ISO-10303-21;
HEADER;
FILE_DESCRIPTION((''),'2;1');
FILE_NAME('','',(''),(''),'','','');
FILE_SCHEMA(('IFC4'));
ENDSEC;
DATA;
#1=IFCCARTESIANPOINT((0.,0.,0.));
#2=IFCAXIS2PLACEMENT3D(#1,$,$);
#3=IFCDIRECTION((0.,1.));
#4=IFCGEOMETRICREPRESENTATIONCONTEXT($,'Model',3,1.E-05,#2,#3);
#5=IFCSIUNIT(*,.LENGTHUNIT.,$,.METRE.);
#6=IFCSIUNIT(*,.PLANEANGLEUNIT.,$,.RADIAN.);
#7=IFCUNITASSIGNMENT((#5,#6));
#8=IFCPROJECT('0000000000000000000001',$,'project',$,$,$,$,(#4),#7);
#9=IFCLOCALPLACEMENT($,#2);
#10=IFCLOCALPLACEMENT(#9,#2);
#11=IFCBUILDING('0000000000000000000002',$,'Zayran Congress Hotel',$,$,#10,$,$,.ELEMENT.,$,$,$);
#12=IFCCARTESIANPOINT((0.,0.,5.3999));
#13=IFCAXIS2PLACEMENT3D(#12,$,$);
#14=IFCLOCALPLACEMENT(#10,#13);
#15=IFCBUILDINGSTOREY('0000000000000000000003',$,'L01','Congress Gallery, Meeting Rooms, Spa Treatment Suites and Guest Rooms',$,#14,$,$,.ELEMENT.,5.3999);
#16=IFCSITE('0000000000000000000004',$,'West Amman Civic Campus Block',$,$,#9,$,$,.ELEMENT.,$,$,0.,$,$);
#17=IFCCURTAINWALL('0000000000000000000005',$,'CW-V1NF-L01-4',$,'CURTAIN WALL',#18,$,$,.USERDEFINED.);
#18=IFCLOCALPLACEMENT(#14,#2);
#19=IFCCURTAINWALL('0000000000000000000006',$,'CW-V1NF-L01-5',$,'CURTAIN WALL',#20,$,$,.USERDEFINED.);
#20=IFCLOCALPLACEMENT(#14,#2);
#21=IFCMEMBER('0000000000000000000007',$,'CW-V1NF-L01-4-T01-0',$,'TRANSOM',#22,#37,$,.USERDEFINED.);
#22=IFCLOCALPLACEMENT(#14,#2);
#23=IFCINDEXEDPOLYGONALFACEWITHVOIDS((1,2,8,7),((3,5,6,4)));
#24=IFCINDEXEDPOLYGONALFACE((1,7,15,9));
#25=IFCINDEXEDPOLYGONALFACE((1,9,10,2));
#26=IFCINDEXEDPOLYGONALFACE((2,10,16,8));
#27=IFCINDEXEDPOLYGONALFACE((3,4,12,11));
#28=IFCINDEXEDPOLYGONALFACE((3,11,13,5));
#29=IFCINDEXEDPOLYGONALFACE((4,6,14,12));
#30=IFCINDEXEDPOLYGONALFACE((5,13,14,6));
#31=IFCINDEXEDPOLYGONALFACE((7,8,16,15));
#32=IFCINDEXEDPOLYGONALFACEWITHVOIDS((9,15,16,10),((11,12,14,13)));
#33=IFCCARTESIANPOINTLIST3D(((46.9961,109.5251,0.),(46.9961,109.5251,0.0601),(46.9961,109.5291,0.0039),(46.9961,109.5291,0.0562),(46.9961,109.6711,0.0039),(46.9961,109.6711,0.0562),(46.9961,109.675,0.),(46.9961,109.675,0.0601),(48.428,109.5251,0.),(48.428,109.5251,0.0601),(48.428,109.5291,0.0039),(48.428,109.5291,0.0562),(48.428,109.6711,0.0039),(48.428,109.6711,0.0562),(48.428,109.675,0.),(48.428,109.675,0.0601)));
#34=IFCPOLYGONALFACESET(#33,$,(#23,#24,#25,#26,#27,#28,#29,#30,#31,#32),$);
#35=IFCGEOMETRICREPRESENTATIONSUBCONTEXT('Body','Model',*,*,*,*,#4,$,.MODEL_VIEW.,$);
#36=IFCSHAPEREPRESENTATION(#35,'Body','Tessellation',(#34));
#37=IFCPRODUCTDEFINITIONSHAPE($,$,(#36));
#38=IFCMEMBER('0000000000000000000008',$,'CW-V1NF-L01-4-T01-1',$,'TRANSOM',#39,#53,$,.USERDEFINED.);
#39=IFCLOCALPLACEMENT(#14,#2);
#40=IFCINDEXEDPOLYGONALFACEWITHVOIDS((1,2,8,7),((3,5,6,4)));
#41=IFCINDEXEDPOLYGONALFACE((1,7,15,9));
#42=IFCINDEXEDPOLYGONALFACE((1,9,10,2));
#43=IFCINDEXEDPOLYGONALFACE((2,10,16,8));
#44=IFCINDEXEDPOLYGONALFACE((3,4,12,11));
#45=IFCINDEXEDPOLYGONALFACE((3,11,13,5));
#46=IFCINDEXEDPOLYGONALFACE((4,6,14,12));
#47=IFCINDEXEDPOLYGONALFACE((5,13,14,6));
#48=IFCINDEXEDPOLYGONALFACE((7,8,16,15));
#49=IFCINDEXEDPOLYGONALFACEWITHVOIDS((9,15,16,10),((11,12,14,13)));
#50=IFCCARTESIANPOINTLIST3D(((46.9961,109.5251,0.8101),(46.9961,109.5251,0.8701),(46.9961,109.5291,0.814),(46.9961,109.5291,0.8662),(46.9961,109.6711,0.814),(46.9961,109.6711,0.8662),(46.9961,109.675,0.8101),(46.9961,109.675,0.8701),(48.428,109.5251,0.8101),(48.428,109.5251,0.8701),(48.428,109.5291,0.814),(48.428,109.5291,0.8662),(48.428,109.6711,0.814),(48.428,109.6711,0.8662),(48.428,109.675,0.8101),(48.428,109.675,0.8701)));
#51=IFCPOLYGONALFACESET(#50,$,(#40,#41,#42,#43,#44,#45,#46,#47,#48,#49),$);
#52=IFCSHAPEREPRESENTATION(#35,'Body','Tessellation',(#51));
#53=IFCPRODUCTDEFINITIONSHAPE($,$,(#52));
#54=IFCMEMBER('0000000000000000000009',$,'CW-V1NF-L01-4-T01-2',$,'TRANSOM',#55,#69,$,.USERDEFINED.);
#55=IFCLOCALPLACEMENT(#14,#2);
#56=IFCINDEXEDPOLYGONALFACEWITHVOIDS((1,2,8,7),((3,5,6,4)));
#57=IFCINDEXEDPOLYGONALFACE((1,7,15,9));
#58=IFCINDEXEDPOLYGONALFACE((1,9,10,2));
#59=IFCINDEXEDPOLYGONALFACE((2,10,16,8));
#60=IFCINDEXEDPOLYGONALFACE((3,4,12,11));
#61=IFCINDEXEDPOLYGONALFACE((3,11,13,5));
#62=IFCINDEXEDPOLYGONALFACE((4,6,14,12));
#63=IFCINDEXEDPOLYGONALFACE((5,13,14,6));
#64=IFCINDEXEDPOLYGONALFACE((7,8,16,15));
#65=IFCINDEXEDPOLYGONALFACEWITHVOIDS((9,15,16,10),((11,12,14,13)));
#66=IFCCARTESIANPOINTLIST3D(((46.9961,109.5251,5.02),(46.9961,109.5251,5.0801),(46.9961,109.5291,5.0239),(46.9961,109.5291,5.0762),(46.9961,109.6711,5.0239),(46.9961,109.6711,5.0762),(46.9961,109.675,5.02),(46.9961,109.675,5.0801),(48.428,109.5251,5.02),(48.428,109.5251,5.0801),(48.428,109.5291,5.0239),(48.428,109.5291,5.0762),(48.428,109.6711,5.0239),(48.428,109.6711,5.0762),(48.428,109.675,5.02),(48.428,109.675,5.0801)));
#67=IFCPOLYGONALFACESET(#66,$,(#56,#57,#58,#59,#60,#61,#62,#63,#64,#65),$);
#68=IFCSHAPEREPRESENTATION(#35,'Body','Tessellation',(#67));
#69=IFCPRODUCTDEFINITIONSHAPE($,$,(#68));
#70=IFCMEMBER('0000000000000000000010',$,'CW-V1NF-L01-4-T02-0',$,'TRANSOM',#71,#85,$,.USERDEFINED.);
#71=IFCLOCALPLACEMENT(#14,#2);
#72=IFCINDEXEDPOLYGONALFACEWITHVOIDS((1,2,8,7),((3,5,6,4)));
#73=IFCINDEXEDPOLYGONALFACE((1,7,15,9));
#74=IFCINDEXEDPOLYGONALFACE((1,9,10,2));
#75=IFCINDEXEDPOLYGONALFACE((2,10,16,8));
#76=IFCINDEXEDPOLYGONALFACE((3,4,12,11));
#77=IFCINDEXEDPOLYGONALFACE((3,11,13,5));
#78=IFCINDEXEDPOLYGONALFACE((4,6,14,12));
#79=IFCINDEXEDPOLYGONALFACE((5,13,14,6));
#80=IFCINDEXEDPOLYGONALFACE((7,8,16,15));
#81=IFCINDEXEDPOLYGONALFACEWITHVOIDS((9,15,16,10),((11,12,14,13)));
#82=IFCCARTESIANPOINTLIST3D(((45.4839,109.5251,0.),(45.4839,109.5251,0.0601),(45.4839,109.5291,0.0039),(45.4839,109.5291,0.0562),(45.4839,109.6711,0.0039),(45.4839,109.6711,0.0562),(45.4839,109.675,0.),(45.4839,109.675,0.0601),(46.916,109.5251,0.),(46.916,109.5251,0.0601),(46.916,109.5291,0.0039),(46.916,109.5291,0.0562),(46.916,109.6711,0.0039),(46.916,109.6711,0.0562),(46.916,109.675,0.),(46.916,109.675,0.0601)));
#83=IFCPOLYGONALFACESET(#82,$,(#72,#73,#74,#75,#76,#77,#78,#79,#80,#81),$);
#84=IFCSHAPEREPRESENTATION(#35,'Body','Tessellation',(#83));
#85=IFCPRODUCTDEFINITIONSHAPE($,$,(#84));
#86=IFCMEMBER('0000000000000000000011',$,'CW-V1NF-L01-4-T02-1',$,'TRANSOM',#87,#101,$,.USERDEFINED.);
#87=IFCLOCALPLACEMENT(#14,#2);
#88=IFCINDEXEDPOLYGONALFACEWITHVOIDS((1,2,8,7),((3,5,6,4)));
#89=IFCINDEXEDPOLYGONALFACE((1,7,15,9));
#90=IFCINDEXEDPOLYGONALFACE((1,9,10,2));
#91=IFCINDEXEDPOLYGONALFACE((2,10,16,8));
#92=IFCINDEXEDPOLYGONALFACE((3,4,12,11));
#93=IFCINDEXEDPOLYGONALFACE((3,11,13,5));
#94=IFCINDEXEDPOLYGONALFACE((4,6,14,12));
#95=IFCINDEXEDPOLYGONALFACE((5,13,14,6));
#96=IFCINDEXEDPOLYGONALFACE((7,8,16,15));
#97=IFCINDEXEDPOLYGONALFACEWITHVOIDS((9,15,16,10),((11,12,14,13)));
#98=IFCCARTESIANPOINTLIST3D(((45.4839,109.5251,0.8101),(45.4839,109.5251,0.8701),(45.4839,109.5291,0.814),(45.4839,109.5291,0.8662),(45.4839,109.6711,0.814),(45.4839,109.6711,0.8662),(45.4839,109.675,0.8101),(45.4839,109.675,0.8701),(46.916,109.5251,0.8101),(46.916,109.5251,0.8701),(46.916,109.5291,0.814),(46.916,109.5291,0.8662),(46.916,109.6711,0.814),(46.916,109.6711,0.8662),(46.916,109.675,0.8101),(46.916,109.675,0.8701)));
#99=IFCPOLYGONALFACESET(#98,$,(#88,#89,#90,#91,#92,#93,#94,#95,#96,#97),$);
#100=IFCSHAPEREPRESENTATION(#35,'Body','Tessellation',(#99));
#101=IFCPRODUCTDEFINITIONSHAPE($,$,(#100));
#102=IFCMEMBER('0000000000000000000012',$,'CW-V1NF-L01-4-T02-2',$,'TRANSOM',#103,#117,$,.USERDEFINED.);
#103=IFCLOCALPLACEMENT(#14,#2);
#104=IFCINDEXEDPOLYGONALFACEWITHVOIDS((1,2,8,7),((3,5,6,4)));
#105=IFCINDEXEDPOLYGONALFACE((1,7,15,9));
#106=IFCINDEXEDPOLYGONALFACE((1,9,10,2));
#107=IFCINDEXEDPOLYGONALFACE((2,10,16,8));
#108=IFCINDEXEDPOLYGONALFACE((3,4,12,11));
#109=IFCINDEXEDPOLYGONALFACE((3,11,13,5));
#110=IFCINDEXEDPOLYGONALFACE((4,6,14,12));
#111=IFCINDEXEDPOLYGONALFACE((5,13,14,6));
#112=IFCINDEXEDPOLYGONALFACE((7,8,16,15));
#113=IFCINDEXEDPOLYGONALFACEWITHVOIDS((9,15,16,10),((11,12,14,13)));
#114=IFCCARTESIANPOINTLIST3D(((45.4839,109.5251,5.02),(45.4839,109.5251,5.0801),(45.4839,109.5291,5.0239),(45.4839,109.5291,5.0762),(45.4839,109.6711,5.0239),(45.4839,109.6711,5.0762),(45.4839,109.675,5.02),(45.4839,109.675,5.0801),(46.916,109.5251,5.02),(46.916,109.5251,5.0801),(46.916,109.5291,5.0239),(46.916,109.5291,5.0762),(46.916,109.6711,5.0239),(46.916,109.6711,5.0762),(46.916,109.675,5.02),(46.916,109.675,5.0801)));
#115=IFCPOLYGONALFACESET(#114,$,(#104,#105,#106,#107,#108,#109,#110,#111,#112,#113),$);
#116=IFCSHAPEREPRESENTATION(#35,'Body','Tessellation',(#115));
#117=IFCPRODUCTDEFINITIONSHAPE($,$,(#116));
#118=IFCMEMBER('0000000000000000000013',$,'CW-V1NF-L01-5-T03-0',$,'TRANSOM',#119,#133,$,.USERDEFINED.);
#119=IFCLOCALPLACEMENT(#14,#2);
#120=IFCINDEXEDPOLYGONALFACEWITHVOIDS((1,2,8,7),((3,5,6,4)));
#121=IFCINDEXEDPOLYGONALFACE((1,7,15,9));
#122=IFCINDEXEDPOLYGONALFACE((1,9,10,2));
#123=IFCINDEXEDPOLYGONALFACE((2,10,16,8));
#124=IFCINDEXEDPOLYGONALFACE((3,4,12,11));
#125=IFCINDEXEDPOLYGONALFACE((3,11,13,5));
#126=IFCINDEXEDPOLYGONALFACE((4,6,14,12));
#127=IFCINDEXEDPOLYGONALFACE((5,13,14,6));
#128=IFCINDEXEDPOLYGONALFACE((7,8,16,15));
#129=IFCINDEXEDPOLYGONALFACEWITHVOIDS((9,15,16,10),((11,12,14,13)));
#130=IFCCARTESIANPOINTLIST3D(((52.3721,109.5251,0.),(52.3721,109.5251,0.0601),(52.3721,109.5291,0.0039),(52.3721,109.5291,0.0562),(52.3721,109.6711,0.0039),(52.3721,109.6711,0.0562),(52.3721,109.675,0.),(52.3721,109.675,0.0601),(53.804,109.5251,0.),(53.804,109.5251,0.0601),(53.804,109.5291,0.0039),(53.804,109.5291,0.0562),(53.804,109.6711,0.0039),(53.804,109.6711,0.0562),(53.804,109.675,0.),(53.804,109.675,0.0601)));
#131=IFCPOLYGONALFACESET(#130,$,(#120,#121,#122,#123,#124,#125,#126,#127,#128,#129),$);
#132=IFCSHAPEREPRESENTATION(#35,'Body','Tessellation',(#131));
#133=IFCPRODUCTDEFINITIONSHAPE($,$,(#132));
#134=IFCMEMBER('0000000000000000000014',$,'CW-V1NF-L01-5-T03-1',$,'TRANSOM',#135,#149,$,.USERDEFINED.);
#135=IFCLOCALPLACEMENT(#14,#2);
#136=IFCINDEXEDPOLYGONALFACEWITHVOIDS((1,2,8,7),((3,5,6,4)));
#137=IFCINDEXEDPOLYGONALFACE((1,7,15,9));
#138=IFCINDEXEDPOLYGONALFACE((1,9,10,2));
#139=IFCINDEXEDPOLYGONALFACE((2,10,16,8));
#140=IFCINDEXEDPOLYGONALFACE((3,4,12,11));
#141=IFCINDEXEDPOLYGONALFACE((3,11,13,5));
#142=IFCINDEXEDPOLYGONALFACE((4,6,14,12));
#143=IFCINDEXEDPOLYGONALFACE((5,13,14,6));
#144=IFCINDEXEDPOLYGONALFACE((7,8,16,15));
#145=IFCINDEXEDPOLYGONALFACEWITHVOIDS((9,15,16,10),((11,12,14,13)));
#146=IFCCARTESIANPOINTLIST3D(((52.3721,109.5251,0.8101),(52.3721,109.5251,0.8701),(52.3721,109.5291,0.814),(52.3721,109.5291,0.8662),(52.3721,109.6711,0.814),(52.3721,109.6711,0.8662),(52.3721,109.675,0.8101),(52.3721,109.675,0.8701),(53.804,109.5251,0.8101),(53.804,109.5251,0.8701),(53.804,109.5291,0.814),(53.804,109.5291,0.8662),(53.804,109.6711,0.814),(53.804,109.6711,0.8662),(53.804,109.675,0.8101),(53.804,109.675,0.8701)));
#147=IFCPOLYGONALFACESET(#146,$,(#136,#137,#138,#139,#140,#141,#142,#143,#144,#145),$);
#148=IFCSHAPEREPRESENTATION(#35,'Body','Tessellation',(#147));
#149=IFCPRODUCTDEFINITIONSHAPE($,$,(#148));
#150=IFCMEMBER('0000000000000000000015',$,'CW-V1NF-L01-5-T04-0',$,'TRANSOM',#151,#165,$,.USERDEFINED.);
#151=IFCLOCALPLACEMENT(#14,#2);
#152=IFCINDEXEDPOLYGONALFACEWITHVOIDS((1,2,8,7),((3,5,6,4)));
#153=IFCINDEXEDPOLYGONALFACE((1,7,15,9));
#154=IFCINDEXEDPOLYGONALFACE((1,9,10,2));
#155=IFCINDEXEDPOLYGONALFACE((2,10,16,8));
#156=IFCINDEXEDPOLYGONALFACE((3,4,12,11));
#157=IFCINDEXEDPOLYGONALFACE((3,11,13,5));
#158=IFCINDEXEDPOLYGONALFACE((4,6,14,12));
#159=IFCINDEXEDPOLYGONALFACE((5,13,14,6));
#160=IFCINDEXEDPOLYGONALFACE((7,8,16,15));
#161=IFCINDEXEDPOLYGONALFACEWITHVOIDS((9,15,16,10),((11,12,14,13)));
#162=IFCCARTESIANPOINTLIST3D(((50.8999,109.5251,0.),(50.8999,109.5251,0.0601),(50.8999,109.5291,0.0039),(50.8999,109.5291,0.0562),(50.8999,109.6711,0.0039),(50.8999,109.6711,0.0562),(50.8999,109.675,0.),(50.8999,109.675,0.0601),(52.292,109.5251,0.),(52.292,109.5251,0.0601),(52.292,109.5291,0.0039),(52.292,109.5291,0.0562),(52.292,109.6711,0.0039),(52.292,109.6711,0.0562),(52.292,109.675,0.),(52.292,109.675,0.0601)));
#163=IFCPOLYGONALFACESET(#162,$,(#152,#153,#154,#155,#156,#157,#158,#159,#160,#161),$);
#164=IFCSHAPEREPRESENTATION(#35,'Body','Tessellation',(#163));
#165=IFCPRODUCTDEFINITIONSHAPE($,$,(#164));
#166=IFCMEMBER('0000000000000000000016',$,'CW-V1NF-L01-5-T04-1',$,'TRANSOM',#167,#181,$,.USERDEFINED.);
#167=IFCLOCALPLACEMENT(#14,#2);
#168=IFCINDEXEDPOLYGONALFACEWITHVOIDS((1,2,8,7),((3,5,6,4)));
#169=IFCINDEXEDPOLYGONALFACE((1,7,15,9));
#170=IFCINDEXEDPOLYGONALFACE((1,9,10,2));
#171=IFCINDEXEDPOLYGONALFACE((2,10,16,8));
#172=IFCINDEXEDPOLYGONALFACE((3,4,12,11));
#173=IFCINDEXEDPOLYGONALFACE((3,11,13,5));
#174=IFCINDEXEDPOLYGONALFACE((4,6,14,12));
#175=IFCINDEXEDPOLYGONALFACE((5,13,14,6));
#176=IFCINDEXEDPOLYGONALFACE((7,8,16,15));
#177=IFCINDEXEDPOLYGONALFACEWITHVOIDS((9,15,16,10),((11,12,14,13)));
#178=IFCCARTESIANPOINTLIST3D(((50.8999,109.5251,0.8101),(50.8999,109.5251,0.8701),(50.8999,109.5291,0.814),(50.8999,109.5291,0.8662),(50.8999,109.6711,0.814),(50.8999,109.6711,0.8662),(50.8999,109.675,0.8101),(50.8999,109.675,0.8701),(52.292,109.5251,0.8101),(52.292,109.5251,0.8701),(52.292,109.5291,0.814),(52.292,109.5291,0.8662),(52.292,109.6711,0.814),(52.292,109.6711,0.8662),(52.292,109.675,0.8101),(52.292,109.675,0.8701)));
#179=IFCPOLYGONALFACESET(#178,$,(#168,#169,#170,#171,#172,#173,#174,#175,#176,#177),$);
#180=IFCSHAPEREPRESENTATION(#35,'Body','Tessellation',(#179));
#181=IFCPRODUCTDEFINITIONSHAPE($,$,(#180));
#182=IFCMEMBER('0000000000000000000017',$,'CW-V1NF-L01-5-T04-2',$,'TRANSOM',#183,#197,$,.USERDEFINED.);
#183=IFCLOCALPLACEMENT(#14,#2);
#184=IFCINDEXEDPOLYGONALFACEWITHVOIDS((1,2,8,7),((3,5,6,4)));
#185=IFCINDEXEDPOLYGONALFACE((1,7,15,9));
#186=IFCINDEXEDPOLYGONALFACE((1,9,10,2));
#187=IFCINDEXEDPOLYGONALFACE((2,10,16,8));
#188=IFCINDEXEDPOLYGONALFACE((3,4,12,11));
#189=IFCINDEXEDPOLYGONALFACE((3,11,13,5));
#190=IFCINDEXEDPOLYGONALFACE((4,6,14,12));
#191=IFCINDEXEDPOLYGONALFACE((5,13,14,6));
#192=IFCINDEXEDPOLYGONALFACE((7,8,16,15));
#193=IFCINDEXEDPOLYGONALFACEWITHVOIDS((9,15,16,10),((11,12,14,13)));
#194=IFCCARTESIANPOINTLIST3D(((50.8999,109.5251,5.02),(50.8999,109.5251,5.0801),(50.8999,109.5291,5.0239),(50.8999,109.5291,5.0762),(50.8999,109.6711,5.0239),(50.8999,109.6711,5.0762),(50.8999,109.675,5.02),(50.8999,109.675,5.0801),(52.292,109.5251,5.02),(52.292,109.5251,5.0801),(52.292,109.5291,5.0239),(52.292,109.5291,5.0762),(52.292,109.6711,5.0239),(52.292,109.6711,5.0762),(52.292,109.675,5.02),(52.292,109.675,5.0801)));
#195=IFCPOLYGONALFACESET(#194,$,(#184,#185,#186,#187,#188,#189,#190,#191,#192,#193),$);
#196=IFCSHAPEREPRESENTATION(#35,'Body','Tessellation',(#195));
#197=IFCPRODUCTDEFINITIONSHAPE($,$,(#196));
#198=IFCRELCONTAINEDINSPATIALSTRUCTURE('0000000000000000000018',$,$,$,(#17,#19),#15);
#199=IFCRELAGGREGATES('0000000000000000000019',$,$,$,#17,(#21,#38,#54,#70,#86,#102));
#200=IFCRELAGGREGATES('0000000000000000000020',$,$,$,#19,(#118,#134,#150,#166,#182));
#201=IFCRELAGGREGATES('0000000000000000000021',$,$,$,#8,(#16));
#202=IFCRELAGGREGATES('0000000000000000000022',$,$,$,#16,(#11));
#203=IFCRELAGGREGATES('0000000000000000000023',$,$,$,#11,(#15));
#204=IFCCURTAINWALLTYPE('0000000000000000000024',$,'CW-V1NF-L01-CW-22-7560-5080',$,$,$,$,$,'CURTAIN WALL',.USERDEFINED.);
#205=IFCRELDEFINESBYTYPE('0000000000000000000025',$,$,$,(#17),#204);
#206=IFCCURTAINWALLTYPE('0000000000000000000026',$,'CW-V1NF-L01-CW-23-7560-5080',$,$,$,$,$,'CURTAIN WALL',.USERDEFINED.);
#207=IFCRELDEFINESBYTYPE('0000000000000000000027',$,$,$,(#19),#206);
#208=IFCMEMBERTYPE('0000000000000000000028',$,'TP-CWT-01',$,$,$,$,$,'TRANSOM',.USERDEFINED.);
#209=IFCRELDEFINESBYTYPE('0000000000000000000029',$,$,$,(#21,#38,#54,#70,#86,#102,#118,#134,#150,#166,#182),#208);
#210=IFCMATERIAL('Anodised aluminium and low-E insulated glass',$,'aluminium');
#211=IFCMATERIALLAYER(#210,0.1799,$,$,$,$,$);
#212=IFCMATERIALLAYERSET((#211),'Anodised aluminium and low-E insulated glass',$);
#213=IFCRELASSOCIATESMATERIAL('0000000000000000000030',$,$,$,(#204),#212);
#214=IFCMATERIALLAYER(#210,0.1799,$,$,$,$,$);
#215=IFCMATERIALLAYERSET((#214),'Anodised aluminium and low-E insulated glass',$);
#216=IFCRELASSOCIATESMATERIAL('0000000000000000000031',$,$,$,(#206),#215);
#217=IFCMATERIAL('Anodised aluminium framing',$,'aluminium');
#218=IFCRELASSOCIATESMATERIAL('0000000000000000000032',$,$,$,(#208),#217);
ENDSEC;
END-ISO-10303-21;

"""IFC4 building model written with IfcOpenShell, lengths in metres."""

from ifc_helpers import new_model, si_unit, direction, frame, origin, origin_2d, place, context, subcontext, project, spatial, hollow_rectangle, extrude, material, layer, layer_set, material_profile, profile_set, type_object, element, aggregate, save


model = new_model("IFC4")

# Units and contexts
model_context = context("Model", 3, precision=1e-05, world=origin(), true_north=direction((0.0, 1.0)))
body_context = subcontext(model_context, "Body", "Model", "MODEL_VIEW")
ifc_project = project(units=[si_unit("LENGTHUNIT", "METRE"), si_unit("PLANEANGLEUNIT", "RADIAN")], contexts=[model_context])

# Site, building, storey
site_placement = place(None, origin())
site = spatial("IfcSite", under=ifc_project, at=site_placement, Name="West Amman Civic Campus Block", CompositionType="ELEMENT", RefElevation=0.0)
building_placement = place(site_placement, origin())
building = spatial("IfcBuilding", under=site, at=building_placement, Name="Zayran Congress Hotel", CompositionType="ELEMENT")
storey_placement = place(building_placement, frame((0.0, 0.0, 5.3999)))
storey = spatial("IfcBuildingStorey", under=building, at=storey_placement, Name="L01", Description="Congress Gallery, Meeting Rooms, Spa Treatment Suites and Guest Rooms", CompositionType="ELEMENT", Elevation=5.3999)

# Curtain walls
ifc_material_1 = material(Name="Anodised aluminium and low-E insulated glass", Category="aluminium")
ifc_layer_1 = layer(ifc_material_1, 0.1799)
ifc_layer_set_1 = layer_set([ifc_layer_1], Name="Anodised aluminium and low-E insulated glass")
curtain_wall_type_1 = type_object("IfcCurtainWallType", Name="CW-V1NF-L01-CW-22-7560-5080", ElementType="CURTAIN WALL", PredefinedType="USERDEFINED", material=ifc_layer_set_1)
curtain_wall_1_placement = place(storey_placement, origin())
curtain_wall_1 = element("IfcCurtainWall", 1, at=curtain_wall_1_placement, inside=storey, type_object=curtain_wall_type_1, Name="CW-V1NF-L01-4", ObjectType="CURTAIN WALL", PredefinedType="USERDEFINED")
ifc_material_2 = material(Name="Anodised aluminium framing", Category="aluminium")
ifc_layer_2 = layer(ifc_material_1, 0.1799)
ifc_layer_set_2 = layer_set([ifc_layer_2], Name="Anodised aluminium and low-E insulated glass")
curtain_wall_type_2 = type_object("IfcCurtainWallType", Name="CW-V1NF-L01-CW-23-7560-5080", ElementType="CURTAIN WALL", PredefinedType="USERDEFINED", material=ifc_layer_set_2)
curtain_wall_2_placement = place(storey_placement, origin())
curtain_wall_2 = element("IfcCurtainWall", 2, at=curtain_wall_2_placement, inside=storey, type_object=curtain_wall_type_2, Name="CW-V1NF-L01-5", ObjectType="CURTAIN WALL", PredefinedType="USERDEFINED")

# Members
ifc_material_profile_1 = material_profile(ifc_material_2, hollow_rectangle(XDim=0.0601, YDim=0.1499, WallThickness=0.0039, at=origin_2d()), Name="RHS 150x60x4")
ifc_profile_set_1 = profile_set([ifc_material_profile_1], Name="Anodised aluminium framing")
member_type_1 = type_object("IfcMemberType", Name="TP-CWT-01", ElementType="TRANSOM", PredefinedType="USERDEFINED", material=ifc_profile_set_1)
member_1_placement = place(storey_placement, frame((48.428, 109.6001, 0.03), z_axis=(-1.0, 0.0, 0.0), x_axis=(0.0, 0.0, 1.0)))
member_1 = element("IfcMember", 3, at=member_1_placement, type_object=member_type_1, Name="CW-V1NF-L01-4-T01-0", ObjectType="TRANSOM", PredefinedType="USERDEFINED", context=body_context, shape_type="SweptSolid", body=[
    extrude(hollow_rectangle(XDim=0.0601, YDim=0.1499, WallThickness=0.0039, at=origin_2d()), origin(), (0.0, 0.0, 1.0), 1.4319),
])
member_2_placement = place(storey_placement, frame((48.428, 109.6001, 0.8401), z_axis=(-1.0, 0.0, 0.0), x_axis=(0.0, 0.0, 1.0)))
member_2 = element("IfcMember", 4, at=member_2_placement, type_object=member_type_1, Name="CW-V1NF-L01-4-T01-1", ObjectType="TRANSOM", PredefinedType="USERDEFINED", context=body_context, shape_type="SweptSolid", body=[
    extrude(hollow_rectangle(XDim=0.0601, YDim=0.1499, WallThickness=0.0039, at=origin_2d()), origin(), (0.0, 0.0, 1.0), 1.4319),
])
member_3_placement = place(storey_placement, frame((48.428, 109.6001, 5.05), z_axis=(-1.0, 0.0, 0.0), x_axis=(0.0, 0.0, 1.0)))
member_3 = element("IfcMember", 5, at=member_3_placement, type_object=member_type_1, Name="CW-V1NF-L01-4-T01-2", ObjectType="TRANSOM", PredefinedType="USERDEFINED", context=body_context, shape_type="SweptSolid", body=[
    extrude(hollow_rectangle(XDim=0.0601, YDim=0.1499, WallThickness=0.0039, at=origin_2d()), origin(), (0.0, 0.0, 1.0), 1.4319),
])
member_4_placement = place(storey_placement, frame((46.916, 109.6001, 0.03), z_axis=(-1.0, 0.0, 0.0), x_axis=(0.0, 0.0, 1.0)))
member_4 = element("IfcMember", 6, at=member_4_placement, type_object=member_type_1, Name="CW-V1NF-L01-4-T02-0", ObjectType="TRANSOM", PredefinedType="USERDEFINED", context=body_context, shape_type="SweptSolid", body=[
    extrude(hollow_rectangle(XDim=0.0601, YDim=0.1499, WallThickness=0.0039, at=origin_2d()), origin(), (0.0, 0.0, 1.0), 1.4321),
])
member_5_placement = place(storey_placement, frame((46.916, 109.6001, 0.8401), z_axis=(-1.0, 0.0, 0.0), x_axis=(0.0, 0.0, 1.0)))
member_5 = element("IfcMember", 7, at=member_5_placement, type_object=member_type_1, Name="CW-V1NF-L01-4-T02-1", ObjectType="TRANSOM", PredefinedType="USERDEFINED", context=body_context, shape_type="SweptSolid", body=[
    extrude(hollow_rectangle(XDim=0.0601, YDim=0.1499, WallThickness=0.0039, at=origin_2d()), origin(), (0.0, 0.0, 1.0), 1.4321),
])
member_6_placement = place(storey_placement, frame((46.916, 109.6001, 5.05), z_axis=(-1.0, 0.0, 0.0), x_axis=(0.0, 0.0, 1.0)))
member_6 = element("IfcMember", 8, at=member_6_placement, type_object=member_type_1, Name="CW-V1NF-L01-4-T02-2", ObjectType="TRANSOM", PredefinedType="USERDEFINED", context=body_context, shape_type="SweptSolid", body=[
    extrude(hollow_rectangle(XDim=0.0601, YDim=0.1499, WallThickness=0.0039, at=origin_2d()), origin(), (0.0, 0.0, 1.0), 1.4321),
])
member_7_placement = place(storey_placement, frame((53.804, 109.6001, 0.03), z_axis=(-1.0, 0.0, 0.0), x_axis=(0.0, 0.0, 1.0)))
member_7 = element("IfcMember", 9, at=member_7_placement, type_object=member_type_1, Name="CW-V1NF-L01-5-T03-0", ObjectType="TRANSOM", PredefinedType="USERDEFINED", context=body_context, shape_type="SweptSolid", body=[
    extrude(hollow_rectangle(XDim=0.0601, YDim=0.1499, WallThickness=0.0039, at=origin_2d()), origin(), (0.0, 0.0, 1.0), 1.4319),
])
member_8_placement = place(storey_placement, frame((53.804, 109.6001, 0.8401), z_axis=(-1.0, 0.0, 0.0), x_axis=(0.0, 0.0, 1.0)))
member_8 = element("IfcMember", 10, at=member_8_placement, type_object=member_type_1, Name="CW-V1NF-L01-5-T03-1", ObjectType="TRANSOM", PredefinedType="USERDEFINED", context=body_context, shape_type="SweptSolid", body=[
    extrude(hollow_rectangle(XDim=0.0601, YDim=0.1499, WallThickness=0.0039, at=origin_2d()), origin(), (0.0, 0.0, 1.0), 1.4319),
])
member_9_placement = place(storey_placement, frame((52.292, 109.6001, 0.03), z_axis=(-1.0, 0.0, 0.0), x_axis=(0.0, 0.0, 1.0)))
member_9 = element("IfcMember", 11, at=member_9_placement, type_object=member_type_1, Name="CW-V1NF-L01-5-T04-0", ObjectType="TRANSOM", PredefinedType="USERDEFINED", context=body_context, shape_type="SweptSolid", body=[
    extrude(hollow_rectangle(XDim=0.0601, YDim=0.1499, WallThickness=0.0039, at=origin_2d()), origin(), (0.0, 0.0, 1.0), 1.3921),
])
member_10_placement = place(storey_placement, frame((52.292, 109.6001, 0.8401), z_axis=(-1.0, 0.0, 0.0), x_axis=(0.0, 0.0, 1.0)))
member_10 = element("IfcMember", 12, at=member_10_placement, type_object=member_type_1, Name="CW-V1NF-L01-5-T04-1", ObjectType="TRANSOM", PredefinedType="USERDEFINED", context=body_context, shape_type="SweptSolid", body=[
    extrude(hollow_rectangle(XDim=0.0601, YDim=0.1499, WallThickness=0.0039, at=origin_2d()), origin(), (0.0, 0.0, 1.0), 1.3921),
])
member_11_placement = place(storey_placement, frame((52.292, 109.6001, 5.05), z_axis=(-1.0, 0.0, 0.0), x_axis=(0.0, 0.0, 1.0)))
member_11 = element("IfcMember", 13, at=member_11_placement, type_object=member_type_1, Name="CW-V1NF-L01-5-T04-2", ObjectType="TRANSOM", PredefinedType="USERDEFINED", context=body_context, shape_type="SweptSolid", body=[
    extrude(hollow_rectangle(XDim=0.0601, YDim=0.1499, WallThickness=0.0039, at=origin_2d()), origin(), (0.0, 0.0, 1.0), 1.3921),
])

aggregate(curtain_wall_1, [member_1, member_2, member_3, member_4, member_5, member_6])
aggregate(curtain_wall_2, [member_7, member_8, member_9, member_10, member_11])

save(model, "model.ifc")
